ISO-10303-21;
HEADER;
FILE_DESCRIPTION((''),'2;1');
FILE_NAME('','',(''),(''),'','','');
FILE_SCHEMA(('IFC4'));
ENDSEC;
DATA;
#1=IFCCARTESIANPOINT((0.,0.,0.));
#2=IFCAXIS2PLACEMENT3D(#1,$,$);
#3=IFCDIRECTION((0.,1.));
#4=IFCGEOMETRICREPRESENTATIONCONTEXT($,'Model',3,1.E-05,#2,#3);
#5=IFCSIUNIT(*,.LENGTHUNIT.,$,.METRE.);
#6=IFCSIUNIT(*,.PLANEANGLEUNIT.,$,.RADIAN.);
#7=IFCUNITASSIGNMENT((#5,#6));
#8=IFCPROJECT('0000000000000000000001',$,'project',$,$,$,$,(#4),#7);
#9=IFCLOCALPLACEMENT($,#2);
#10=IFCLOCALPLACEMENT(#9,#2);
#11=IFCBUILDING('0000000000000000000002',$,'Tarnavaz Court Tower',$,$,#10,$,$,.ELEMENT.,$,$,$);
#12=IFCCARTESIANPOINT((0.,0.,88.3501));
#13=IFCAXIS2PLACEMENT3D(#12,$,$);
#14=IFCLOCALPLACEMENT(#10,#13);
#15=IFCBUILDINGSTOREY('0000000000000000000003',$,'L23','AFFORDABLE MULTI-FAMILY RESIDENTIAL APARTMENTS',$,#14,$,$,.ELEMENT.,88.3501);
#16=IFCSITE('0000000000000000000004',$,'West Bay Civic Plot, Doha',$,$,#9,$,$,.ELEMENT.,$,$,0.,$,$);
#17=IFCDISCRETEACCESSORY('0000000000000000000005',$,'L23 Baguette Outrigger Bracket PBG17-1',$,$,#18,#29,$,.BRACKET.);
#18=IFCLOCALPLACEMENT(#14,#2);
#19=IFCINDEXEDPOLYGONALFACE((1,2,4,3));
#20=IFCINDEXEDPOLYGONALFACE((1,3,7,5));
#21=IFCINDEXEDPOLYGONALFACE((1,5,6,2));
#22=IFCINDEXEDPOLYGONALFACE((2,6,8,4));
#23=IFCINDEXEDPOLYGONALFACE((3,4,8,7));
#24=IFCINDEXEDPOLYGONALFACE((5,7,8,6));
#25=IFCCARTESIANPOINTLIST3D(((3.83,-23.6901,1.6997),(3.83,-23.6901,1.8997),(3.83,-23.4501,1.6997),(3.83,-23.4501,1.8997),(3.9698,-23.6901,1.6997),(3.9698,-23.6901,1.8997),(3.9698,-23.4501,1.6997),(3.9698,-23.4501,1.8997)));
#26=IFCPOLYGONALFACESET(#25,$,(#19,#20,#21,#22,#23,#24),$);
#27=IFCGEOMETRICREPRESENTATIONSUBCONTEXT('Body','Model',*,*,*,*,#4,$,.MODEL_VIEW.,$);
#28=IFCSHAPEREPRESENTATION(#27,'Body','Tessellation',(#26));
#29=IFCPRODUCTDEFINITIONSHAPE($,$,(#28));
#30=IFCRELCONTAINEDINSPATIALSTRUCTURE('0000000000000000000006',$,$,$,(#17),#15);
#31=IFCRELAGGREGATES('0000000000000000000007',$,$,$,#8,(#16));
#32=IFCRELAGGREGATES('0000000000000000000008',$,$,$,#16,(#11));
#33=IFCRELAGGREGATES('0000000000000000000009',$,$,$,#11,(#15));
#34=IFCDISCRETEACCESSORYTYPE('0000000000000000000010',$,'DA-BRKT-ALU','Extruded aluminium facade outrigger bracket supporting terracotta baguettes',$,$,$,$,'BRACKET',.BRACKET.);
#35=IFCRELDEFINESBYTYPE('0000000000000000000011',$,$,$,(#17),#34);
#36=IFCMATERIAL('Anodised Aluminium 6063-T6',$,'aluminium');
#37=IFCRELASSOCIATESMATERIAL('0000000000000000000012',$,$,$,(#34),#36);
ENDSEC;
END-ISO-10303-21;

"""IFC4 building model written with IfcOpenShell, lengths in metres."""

from ifc_helpers import new_model, si_unit, direction, frame, origin, origin_2d, place, context, subcontext, project, spatial, rectangle, extrude, material, type_object, element, save


model = new_model("IFC4")

# Units and contexts
model_context = context("Model", 3, precision=1e-05, world=origin(), true_north=direction((0.0, 1.0)))
body_context = subcontext(model_context, "Body", "Model", "MODEL_VIEW")
ifc_project = project(units=[si_unit("LENGTHUNIT", "METRE"), si_unit("PLANEANGLEUNIT", "RADIAN")], contexts=[model_context])

# Site, building, storey
site_placement = place(None, origin())
site = spatial("IfcSite", under=ifc_project, at=site_placement, Name="West Bay Civic Plot, Doha", CompositionType="ELEMENT", RefElevation=0.0)
building_placement = place(site_placement, origin())
building = spatial("IfcBuilding", under=site, at=building_placement, Name="Tarnavaz Court Tower", CompositionType="ELEMENT")
storey_placement = place(building_placement, frame((0.0, 0.0, 88.3501)))
storey = spatial("IfcBuildingStorey", under=building, at=storey_placement, Name="L23", Description="AFFORDABLE MULTI-FAMILY RESIDENTIAL APARTMENTS", CompositionType="ELEMENT", Elevation=88.3501)

# Shared definitions
ifc_material_1 = material(Name="Anodised Aluminium 6063-T6", Category="aluminium")

# Discrete accessory
discrete_accessory_type = type_object("IfcDiscreteAccessoryType", Name="DA-BRKT-ALU", Description="Extruded aluminium facade outrigger bracket supporting terracotta baguettes", ElementType="BRACKET", PredefinedType="BRACKET", material=ifc_material_1)
for number, where, z_axis, x_axis, name in (
    (1, (3.8999, -23.5701, 1.6997), (0.0, 0.0, 1.0), (-1.0, 0.0, 0.0), "L23 Baguette Outrigger Bracket PBG17-1"),
):
    element("IfcDiscreteAccessory", number, at=place(storey_placement, frame(where, z_axis=z_axis, x_axis=x_axis)), inside=storey, type_object=discrete_accessory_type, Name=name, PredefinedType="BRACKET", context=body_context, shape_type="SweptSolid", body=[
        extrude(rectangle(XDim=0.1399, YDim=0.24, at=origin_2d()), origin(), (0.0, 0.0, 1.0), 0.2),
    ])

save(model, "model.ifc")
